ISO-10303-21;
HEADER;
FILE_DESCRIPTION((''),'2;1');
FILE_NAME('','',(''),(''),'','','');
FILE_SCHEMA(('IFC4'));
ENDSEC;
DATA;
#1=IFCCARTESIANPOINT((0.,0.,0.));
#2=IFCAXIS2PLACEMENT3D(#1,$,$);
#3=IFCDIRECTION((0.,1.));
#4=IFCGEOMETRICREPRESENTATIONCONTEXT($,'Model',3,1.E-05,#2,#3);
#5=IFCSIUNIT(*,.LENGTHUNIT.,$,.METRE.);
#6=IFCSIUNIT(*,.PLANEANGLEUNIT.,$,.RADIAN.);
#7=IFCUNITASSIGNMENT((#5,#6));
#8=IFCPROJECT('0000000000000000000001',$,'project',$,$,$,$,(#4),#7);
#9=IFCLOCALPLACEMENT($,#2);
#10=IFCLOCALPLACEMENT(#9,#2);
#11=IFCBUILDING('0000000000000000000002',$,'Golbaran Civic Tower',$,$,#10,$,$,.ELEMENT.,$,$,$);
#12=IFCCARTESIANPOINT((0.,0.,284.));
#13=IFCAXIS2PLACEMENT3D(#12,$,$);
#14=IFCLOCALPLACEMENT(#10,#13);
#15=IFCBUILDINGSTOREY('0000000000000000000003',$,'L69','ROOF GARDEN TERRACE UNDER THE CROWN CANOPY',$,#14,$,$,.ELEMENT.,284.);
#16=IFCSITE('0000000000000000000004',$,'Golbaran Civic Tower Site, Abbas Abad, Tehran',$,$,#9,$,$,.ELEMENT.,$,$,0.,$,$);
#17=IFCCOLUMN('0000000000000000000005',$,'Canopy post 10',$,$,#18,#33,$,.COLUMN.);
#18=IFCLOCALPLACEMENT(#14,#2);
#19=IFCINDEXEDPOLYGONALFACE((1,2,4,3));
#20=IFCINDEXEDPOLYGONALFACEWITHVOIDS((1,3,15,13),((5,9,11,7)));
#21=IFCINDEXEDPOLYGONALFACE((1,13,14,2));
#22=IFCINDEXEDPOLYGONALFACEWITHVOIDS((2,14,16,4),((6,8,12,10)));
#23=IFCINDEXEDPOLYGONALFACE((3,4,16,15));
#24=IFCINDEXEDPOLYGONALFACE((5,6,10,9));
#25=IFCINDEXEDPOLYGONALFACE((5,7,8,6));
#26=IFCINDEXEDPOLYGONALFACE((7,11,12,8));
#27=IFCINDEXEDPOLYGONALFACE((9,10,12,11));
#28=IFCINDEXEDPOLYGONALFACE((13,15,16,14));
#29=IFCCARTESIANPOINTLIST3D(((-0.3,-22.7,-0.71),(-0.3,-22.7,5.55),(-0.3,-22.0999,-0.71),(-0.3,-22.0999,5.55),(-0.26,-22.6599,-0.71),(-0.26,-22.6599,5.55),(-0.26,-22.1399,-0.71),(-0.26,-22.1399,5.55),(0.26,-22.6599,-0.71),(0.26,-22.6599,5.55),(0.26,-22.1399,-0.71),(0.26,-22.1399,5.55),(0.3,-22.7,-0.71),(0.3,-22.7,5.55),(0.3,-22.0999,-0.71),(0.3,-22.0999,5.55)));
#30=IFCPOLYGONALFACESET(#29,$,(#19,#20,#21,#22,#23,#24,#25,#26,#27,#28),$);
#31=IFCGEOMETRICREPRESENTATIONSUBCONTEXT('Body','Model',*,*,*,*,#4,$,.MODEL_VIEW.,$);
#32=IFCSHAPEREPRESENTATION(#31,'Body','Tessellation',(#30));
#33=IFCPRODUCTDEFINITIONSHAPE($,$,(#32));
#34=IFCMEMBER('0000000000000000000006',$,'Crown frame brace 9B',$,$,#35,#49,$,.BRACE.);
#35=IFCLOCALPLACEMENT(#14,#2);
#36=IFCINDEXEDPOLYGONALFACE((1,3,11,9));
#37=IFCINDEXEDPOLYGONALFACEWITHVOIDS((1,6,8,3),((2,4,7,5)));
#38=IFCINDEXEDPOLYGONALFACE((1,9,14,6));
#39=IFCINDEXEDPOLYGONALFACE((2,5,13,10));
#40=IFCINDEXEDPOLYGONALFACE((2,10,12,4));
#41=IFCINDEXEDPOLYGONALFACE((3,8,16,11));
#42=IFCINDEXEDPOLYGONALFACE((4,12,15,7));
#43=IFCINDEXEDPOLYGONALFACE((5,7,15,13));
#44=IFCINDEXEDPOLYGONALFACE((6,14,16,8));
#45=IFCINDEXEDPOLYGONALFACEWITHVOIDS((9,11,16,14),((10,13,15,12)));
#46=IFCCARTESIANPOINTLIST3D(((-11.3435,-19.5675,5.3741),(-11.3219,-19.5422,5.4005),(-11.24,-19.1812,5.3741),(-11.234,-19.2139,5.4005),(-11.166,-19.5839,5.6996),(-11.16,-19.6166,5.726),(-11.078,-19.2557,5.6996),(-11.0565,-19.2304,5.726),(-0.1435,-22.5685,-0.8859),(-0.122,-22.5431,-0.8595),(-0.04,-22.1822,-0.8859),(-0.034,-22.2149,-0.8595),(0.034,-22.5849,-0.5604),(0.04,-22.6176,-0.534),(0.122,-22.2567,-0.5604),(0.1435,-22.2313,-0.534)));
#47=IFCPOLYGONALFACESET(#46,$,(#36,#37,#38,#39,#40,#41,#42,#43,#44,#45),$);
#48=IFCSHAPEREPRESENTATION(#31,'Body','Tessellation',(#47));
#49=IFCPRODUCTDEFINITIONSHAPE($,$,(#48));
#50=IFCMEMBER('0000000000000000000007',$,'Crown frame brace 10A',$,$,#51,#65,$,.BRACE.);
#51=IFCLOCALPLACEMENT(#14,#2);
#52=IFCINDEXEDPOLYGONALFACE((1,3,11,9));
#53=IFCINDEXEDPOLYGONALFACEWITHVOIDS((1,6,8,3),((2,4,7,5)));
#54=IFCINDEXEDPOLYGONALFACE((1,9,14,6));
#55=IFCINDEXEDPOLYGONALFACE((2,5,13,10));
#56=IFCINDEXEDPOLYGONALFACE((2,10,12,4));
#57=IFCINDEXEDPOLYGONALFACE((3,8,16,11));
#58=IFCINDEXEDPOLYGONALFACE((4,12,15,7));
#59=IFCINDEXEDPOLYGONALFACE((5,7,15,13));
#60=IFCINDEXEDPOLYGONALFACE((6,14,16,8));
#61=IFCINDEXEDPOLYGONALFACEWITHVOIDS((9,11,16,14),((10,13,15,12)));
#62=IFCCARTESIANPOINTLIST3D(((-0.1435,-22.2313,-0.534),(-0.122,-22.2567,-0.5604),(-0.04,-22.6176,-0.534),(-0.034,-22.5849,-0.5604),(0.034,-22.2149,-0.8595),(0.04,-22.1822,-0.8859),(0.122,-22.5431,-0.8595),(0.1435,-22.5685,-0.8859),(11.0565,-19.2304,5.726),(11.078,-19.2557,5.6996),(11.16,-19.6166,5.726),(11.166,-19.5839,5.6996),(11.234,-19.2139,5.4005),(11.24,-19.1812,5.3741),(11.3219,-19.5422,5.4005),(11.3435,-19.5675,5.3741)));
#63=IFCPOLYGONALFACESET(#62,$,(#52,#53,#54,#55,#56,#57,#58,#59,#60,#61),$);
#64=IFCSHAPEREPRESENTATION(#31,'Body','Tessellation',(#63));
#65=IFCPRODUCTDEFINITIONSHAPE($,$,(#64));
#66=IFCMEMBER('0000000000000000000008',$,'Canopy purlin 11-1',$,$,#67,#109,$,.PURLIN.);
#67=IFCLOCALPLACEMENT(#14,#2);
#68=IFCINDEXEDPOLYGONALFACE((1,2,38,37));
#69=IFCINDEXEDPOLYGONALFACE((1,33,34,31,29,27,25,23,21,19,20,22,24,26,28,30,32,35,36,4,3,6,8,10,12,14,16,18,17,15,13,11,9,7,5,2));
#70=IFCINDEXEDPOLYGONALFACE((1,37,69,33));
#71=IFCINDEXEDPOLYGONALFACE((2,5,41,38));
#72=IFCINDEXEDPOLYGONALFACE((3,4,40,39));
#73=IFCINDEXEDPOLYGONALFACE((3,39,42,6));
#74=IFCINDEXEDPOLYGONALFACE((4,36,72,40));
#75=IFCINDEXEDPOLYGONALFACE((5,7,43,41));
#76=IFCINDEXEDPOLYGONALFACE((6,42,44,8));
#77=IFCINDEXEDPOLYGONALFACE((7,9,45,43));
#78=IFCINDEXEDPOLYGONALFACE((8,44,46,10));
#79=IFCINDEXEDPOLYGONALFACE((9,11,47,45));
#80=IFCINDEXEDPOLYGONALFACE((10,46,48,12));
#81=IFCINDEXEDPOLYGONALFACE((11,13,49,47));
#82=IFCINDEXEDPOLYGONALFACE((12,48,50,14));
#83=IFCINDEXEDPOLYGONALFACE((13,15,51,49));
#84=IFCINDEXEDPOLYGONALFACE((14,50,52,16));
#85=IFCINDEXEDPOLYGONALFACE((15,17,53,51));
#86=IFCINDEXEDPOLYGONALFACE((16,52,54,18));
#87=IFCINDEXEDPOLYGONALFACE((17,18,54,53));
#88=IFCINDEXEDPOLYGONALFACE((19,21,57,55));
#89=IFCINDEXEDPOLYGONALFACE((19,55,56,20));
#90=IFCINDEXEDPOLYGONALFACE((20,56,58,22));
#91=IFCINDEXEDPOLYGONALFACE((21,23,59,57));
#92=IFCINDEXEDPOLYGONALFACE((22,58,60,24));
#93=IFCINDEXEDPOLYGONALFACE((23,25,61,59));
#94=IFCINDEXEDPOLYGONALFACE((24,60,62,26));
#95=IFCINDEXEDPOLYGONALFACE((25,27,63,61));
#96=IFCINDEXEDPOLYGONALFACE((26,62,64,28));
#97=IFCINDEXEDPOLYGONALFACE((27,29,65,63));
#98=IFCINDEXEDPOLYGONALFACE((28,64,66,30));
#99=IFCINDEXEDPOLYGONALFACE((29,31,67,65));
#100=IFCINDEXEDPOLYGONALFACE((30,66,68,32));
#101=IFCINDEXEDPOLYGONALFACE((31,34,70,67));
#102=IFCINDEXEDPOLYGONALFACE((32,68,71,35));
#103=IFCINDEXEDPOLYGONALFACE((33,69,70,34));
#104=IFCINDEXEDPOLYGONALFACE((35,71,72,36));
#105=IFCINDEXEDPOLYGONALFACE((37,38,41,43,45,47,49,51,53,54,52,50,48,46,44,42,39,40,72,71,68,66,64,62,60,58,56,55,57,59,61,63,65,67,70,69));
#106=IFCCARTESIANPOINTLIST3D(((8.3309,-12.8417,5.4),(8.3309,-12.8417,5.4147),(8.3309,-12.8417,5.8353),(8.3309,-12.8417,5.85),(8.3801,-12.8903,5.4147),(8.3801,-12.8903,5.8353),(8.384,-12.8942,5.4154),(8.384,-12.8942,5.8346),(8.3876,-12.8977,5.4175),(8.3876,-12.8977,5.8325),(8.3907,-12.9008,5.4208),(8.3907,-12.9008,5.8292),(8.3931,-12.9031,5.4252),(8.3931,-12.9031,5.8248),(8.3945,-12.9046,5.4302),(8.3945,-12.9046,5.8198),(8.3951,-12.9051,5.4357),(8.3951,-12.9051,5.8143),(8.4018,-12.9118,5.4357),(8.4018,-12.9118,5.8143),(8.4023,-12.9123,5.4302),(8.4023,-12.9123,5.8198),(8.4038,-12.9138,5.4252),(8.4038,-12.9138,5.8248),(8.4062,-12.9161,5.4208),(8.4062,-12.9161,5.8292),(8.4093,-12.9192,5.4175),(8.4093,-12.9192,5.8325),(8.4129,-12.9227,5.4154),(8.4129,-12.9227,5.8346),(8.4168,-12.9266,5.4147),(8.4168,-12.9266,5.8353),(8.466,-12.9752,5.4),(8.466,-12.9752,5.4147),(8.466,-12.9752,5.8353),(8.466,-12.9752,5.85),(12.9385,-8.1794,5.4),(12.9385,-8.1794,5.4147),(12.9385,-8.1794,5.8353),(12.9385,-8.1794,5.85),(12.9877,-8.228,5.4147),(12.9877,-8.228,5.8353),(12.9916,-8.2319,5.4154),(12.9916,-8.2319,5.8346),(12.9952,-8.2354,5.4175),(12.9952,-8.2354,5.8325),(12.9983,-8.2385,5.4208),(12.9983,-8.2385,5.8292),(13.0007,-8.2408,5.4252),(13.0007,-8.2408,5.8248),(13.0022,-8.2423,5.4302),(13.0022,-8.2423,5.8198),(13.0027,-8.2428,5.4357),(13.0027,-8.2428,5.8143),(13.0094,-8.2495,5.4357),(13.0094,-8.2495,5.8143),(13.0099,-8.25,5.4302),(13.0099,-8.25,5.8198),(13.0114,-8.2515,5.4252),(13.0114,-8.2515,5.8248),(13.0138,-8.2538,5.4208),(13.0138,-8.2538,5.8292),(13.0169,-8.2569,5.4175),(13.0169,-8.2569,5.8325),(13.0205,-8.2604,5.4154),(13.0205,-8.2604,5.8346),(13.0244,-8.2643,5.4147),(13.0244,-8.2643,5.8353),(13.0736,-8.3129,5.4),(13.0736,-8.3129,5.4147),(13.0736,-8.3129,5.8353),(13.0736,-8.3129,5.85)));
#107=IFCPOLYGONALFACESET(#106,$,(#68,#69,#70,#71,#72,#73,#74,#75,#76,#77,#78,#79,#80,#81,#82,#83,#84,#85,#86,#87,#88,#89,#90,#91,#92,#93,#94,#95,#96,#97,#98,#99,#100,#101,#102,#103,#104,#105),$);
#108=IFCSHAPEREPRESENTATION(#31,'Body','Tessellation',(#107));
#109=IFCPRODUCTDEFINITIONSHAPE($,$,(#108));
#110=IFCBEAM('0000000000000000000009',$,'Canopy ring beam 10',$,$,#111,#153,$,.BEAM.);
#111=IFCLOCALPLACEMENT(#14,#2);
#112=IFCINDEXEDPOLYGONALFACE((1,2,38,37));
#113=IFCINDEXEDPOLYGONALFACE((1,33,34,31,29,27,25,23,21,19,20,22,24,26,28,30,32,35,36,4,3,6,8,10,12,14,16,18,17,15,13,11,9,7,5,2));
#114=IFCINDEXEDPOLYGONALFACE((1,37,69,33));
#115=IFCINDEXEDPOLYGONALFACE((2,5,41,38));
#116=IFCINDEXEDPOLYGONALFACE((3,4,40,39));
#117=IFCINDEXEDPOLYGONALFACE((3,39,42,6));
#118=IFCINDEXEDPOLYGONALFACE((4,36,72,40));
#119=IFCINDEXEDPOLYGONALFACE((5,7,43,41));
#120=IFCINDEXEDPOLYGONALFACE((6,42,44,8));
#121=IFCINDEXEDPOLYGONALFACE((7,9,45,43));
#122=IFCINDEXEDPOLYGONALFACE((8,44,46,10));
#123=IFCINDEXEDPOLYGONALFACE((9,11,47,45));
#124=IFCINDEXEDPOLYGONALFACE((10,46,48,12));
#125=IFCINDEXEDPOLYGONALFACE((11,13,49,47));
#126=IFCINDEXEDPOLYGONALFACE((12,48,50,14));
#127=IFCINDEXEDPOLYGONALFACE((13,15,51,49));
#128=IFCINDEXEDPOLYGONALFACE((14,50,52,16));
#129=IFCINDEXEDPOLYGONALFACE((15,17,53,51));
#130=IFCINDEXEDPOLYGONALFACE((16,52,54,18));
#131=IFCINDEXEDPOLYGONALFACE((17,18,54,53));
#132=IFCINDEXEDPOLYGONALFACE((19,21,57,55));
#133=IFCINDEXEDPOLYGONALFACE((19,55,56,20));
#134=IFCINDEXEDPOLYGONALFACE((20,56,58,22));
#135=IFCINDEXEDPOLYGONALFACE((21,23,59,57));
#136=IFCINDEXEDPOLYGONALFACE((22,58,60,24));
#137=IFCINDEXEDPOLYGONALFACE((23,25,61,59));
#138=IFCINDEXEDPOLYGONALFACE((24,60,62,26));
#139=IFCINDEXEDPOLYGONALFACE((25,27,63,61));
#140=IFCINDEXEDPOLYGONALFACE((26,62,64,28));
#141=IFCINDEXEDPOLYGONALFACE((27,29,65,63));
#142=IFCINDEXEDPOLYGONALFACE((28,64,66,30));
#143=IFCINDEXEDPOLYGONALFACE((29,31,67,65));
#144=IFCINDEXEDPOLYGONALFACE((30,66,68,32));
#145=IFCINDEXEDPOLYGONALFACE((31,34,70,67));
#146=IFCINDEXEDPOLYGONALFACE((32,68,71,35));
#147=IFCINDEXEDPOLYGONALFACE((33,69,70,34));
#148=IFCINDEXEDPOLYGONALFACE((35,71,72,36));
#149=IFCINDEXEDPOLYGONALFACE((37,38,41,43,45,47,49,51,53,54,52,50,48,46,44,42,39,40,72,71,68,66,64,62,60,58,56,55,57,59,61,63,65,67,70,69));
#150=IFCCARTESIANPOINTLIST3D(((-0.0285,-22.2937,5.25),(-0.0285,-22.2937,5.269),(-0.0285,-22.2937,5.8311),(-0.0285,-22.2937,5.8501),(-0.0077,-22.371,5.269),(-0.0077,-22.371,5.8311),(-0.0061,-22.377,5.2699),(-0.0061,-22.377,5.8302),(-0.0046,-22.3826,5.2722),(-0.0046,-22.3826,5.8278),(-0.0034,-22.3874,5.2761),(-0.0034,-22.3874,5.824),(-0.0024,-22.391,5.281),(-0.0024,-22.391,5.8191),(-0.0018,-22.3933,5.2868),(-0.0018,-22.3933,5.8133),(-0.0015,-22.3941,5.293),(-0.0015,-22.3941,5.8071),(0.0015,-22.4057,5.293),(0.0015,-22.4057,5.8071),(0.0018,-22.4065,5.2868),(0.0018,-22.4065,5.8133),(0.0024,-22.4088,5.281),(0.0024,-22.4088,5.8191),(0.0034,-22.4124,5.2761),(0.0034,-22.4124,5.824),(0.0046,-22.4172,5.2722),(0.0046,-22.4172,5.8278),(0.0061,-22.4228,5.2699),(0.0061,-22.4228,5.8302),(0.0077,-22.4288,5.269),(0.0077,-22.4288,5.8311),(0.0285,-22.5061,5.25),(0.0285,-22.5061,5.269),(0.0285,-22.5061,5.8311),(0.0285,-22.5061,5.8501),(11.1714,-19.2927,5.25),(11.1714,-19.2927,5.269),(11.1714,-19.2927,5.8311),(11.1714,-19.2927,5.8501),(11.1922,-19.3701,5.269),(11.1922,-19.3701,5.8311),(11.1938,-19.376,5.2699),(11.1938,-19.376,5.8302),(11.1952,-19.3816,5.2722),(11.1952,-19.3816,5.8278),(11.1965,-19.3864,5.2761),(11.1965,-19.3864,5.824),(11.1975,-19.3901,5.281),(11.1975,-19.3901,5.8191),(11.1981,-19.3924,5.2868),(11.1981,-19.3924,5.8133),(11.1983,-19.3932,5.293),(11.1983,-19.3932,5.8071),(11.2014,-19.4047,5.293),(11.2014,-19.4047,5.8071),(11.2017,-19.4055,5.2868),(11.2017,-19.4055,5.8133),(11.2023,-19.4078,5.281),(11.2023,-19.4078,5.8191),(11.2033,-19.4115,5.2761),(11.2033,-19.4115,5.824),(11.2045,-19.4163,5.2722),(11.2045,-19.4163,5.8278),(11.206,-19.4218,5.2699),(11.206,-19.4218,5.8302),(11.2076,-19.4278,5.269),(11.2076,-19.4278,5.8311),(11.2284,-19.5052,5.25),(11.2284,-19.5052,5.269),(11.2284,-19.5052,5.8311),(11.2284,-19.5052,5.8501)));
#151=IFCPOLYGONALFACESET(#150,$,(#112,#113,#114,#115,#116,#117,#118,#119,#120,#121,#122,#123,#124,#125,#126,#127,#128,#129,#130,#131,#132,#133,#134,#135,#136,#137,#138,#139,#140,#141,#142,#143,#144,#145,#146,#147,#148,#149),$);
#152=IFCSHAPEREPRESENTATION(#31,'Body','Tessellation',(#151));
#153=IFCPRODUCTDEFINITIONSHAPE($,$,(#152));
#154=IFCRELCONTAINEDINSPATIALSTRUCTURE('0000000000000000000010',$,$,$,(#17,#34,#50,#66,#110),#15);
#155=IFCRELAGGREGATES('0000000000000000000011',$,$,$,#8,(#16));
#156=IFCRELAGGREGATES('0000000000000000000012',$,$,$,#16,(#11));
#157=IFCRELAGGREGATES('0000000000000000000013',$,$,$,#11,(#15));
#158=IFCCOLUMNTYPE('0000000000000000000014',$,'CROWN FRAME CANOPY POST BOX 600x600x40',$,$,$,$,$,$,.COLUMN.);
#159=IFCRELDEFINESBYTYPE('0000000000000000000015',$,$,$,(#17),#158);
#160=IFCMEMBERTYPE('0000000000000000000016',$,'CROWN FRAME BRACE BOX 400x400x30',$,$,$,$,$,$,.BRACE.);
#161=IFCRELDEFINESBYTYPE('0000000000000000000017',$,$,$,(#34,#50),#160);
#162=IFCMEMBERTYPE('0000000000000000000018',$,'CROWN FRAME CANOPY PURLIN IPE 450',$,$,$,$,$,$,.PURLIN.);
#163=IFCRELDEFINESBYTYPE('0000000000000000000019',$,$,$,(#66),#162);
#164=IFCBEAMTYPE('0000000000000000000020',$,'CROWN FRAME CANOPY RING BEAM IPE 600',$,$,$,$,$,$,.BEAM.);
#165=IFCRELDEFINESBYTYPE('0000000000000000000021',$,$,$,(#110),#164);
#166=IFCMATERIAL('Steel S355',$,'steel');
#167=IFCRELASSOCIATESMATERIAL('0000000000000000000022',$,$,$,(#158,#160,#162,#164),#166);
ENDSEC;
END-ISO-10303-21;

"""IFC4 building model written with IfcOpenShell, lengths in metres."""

from ifc_helpers import new_model, si_unit, direction, frame, origin, origin_2d, place, context, subcontext, project, spatial, hollow_rectangle, i_section, extrude, material, material_profile, profile_set, type_object, element, save


model = new_model("IFC4")

# Units and contexts
model_context = context("Model", 3, precision=1e-05, world=origin(), true_north=direction((0.0, 1.0)))
body_context = subcontext(model_context, "Body", "Model", "MODEL_VIEW")
ifc_project = project(units=[si_unit("LENGTHUNIT", "METRE"), si_unit("PLANEANGLEUNIT", "RADIAN")], contexts=[model_context])

# Site, building, storey
site_placement = place(None, origin())
site = spatial("IfcSite", under=ifc_project, at=site_placement, Name="Golbaran Civic Tower Site, Abbas Abad, Tehran", CompositionType="ELEMENT", RefElevation=0.0)
building_placement = place(site_placement, origin())
building = spatial("IfcBuilding", under=site, at=building_placement, Name="Golbaran Civic Tower", CompositionType="ELEMENT")
storey_placement = place(building_placement, frame((0.0, 0.0, 284.0)))
storey = spatial("IfcBuildingStorey", under=building, at=storey_placement, Name="L69", Description="ROOF GARDEN TERRACE UNDER THE CROWN CANOPY", CompositionType="ELEMENT", Elevation=284.0)

# Column
ifc_material_1 = material(Name="Steel S355", Category="steel")
ifc_material_profile_1 = material_profile(ifc_material_1, hollow_rectangle(XDim=0.6001, YDim=0.6001, WallThickness=0.04, at=origin_2d()), Name="BOX 600x600x40")
ifc_profile_set_1 = profile_set([ifc_material_profile_1], Name="Steel S355")
column_type = type_object("IfcColumnType", Name="CROWN FRAME CANOPY POST BOX 600x600x40", PredefinedType="COLUMN", material=ifc_profile_set_1)
column_placement = place(storey_placement, frame((0.0, -22.3999, -0.71), z_axis=(0.0, 0.0, 1.0), x_axis=(1.0, 0.0, 0.0)))
element("IfcColumn", 1, at=column_placement, inside=storey, type_object=column_type, Name="Canopy post 10", PredefinedType="COLUMN", context=body_context, shape_type="SweptSolid", body=[
    extrude(hollow_rectangle(XDim=0.6001, YDim=0.6001, WallThickness=0.04, at=origin_2d()), origin(), (0.0, 0.0, 1.0), 6.26),
])

# Members
ifc_material_profile_2 = material_profile(ifc_material_1, hollow_rectangle(XDim=0.3999, YDim=0.3999, WallThickness=0.03, at=origin_2d()), Name="BOX 400x400x30")
ifc_profile_set_2 = profile_set([ifc_material_profile_2], Name="Steel S355")
member_type_1 = type_object("IfcMemberType", Name="CROWN FRAME BRACE BOX 400x400x30", PredefinedType="BRACE", material=ifc_profile_set_2)
for number, where, z_axis, x_axis, name in (
    (2, (0.0, -22.3999, -0.71), (-0.849964, 0.227744, 0.475072), (-0.258816, -0.965927, 0.0), "Crown frame brace 9B"),
    (3, (0.0, -22.3999, -0.71), (0.849964, 0.227744, 0.475072), (-0.258816, 0.965927, 0.0), "Crown frame brace 10A"),
):
    element("IfcMember", number, at=place(storey_placement, frame(where, z_axis=z_axis, x_axis=x_axis)), inside=storey, type_object=member_type_1, Name=name, PredefinedType="BRACE", context=body_context, shape_type="SweptSolid", body=[
        extrude(hollow_rectangle(XDim=0.3999, YDim=0.3999, WallThickness=0.03, at=origin_2d()), origin(), (0.0, 0.0, 1.0), 13.177),
    ])
ifc_material_profile_3 = material_profile(ifc_material_1, i_section(OverallWidth=0.1899, OverallDepth=0.45, WebThickness=0.0095, FlangeThickness=0.0146, FilletRadius=0.021, at=origin_2d()), Name="IPE 450")
ifc_profile_set_3 = profile_set([ifc_material_profile_3], Name="Steel S355")
member_type_2 = type_object("IfcMemberType", Name="CROWN FRAME CANOPY PURLIN IPE 450", PredefinedType="PURLIN", material=ifc_profile_set_3)
member_1_placement = place(storey_placement, frame((8.3984, -12.9084, 5.625), z_axis=(0.702923, 0.711266, 0.0), x_axis=(-0.711266, 0.702923, 0.0)))
element("IfcMember", 4, at=member_1_placement, inside=storey, type_object=member_type_2, Name="Canopy purlin 11-1", PredefinedType="PURLIN", context=body_context, shape_type="SweptSolid", body=[
    extrude(i_section(OverallWidth=0.1899, OverallDepth=0.45, WebThickness=0.0095, FlangeThickness=0.0146, FilletRadius=0.021, at=origin_2d()), origin(), (0.0, 0.0, 1.0), 6.5549),
])

# Beam
ifc_material_profile_4 = material_profile(ifc_material_1, i_section(OverallWidth=0.22, OverallDepth=0.6001, WebThickness=0.012, FlangeThickness=0.019, FilletRadius=0.0239, at=origin_2d()), Name="IPE 600")
ifc_profile_set_4 = profile_set([ifc_material_profile_4], Name="Steel S355")
beam_type_1 = type_object("IfcBeamType", Name="CROWN FRAME CANOPY RING BEAM IPE 600", PredefinedType="BEAM", material=ifc_profile_set_4)
beam_1_placement = place(storey_placement, frame((0.0, -22.3999, 5.55), z_axis=(0.965927, 0.258816, 0.0), x_axis=(-0.258816, 0.965927, 0.0)))
element("IfcBeam", 5, at=beam_1_placement, inside=storey, type_object=beam_type_1, Name="Canopy ring beam 10", PredefinedType="BEAM", context=body_context, shape_type="SweptSolid", body=[
    extrude(i_section(OverallWidth=0.22, OverallDepth=0.6001, WebThickness=0.012, FlangeThickness=0.019, FilletRadius=0.0239, at=origin_2d()), origin(), (0.0, 0.0, 1.0), 11.595),
])

save(model, "model.ifc")
